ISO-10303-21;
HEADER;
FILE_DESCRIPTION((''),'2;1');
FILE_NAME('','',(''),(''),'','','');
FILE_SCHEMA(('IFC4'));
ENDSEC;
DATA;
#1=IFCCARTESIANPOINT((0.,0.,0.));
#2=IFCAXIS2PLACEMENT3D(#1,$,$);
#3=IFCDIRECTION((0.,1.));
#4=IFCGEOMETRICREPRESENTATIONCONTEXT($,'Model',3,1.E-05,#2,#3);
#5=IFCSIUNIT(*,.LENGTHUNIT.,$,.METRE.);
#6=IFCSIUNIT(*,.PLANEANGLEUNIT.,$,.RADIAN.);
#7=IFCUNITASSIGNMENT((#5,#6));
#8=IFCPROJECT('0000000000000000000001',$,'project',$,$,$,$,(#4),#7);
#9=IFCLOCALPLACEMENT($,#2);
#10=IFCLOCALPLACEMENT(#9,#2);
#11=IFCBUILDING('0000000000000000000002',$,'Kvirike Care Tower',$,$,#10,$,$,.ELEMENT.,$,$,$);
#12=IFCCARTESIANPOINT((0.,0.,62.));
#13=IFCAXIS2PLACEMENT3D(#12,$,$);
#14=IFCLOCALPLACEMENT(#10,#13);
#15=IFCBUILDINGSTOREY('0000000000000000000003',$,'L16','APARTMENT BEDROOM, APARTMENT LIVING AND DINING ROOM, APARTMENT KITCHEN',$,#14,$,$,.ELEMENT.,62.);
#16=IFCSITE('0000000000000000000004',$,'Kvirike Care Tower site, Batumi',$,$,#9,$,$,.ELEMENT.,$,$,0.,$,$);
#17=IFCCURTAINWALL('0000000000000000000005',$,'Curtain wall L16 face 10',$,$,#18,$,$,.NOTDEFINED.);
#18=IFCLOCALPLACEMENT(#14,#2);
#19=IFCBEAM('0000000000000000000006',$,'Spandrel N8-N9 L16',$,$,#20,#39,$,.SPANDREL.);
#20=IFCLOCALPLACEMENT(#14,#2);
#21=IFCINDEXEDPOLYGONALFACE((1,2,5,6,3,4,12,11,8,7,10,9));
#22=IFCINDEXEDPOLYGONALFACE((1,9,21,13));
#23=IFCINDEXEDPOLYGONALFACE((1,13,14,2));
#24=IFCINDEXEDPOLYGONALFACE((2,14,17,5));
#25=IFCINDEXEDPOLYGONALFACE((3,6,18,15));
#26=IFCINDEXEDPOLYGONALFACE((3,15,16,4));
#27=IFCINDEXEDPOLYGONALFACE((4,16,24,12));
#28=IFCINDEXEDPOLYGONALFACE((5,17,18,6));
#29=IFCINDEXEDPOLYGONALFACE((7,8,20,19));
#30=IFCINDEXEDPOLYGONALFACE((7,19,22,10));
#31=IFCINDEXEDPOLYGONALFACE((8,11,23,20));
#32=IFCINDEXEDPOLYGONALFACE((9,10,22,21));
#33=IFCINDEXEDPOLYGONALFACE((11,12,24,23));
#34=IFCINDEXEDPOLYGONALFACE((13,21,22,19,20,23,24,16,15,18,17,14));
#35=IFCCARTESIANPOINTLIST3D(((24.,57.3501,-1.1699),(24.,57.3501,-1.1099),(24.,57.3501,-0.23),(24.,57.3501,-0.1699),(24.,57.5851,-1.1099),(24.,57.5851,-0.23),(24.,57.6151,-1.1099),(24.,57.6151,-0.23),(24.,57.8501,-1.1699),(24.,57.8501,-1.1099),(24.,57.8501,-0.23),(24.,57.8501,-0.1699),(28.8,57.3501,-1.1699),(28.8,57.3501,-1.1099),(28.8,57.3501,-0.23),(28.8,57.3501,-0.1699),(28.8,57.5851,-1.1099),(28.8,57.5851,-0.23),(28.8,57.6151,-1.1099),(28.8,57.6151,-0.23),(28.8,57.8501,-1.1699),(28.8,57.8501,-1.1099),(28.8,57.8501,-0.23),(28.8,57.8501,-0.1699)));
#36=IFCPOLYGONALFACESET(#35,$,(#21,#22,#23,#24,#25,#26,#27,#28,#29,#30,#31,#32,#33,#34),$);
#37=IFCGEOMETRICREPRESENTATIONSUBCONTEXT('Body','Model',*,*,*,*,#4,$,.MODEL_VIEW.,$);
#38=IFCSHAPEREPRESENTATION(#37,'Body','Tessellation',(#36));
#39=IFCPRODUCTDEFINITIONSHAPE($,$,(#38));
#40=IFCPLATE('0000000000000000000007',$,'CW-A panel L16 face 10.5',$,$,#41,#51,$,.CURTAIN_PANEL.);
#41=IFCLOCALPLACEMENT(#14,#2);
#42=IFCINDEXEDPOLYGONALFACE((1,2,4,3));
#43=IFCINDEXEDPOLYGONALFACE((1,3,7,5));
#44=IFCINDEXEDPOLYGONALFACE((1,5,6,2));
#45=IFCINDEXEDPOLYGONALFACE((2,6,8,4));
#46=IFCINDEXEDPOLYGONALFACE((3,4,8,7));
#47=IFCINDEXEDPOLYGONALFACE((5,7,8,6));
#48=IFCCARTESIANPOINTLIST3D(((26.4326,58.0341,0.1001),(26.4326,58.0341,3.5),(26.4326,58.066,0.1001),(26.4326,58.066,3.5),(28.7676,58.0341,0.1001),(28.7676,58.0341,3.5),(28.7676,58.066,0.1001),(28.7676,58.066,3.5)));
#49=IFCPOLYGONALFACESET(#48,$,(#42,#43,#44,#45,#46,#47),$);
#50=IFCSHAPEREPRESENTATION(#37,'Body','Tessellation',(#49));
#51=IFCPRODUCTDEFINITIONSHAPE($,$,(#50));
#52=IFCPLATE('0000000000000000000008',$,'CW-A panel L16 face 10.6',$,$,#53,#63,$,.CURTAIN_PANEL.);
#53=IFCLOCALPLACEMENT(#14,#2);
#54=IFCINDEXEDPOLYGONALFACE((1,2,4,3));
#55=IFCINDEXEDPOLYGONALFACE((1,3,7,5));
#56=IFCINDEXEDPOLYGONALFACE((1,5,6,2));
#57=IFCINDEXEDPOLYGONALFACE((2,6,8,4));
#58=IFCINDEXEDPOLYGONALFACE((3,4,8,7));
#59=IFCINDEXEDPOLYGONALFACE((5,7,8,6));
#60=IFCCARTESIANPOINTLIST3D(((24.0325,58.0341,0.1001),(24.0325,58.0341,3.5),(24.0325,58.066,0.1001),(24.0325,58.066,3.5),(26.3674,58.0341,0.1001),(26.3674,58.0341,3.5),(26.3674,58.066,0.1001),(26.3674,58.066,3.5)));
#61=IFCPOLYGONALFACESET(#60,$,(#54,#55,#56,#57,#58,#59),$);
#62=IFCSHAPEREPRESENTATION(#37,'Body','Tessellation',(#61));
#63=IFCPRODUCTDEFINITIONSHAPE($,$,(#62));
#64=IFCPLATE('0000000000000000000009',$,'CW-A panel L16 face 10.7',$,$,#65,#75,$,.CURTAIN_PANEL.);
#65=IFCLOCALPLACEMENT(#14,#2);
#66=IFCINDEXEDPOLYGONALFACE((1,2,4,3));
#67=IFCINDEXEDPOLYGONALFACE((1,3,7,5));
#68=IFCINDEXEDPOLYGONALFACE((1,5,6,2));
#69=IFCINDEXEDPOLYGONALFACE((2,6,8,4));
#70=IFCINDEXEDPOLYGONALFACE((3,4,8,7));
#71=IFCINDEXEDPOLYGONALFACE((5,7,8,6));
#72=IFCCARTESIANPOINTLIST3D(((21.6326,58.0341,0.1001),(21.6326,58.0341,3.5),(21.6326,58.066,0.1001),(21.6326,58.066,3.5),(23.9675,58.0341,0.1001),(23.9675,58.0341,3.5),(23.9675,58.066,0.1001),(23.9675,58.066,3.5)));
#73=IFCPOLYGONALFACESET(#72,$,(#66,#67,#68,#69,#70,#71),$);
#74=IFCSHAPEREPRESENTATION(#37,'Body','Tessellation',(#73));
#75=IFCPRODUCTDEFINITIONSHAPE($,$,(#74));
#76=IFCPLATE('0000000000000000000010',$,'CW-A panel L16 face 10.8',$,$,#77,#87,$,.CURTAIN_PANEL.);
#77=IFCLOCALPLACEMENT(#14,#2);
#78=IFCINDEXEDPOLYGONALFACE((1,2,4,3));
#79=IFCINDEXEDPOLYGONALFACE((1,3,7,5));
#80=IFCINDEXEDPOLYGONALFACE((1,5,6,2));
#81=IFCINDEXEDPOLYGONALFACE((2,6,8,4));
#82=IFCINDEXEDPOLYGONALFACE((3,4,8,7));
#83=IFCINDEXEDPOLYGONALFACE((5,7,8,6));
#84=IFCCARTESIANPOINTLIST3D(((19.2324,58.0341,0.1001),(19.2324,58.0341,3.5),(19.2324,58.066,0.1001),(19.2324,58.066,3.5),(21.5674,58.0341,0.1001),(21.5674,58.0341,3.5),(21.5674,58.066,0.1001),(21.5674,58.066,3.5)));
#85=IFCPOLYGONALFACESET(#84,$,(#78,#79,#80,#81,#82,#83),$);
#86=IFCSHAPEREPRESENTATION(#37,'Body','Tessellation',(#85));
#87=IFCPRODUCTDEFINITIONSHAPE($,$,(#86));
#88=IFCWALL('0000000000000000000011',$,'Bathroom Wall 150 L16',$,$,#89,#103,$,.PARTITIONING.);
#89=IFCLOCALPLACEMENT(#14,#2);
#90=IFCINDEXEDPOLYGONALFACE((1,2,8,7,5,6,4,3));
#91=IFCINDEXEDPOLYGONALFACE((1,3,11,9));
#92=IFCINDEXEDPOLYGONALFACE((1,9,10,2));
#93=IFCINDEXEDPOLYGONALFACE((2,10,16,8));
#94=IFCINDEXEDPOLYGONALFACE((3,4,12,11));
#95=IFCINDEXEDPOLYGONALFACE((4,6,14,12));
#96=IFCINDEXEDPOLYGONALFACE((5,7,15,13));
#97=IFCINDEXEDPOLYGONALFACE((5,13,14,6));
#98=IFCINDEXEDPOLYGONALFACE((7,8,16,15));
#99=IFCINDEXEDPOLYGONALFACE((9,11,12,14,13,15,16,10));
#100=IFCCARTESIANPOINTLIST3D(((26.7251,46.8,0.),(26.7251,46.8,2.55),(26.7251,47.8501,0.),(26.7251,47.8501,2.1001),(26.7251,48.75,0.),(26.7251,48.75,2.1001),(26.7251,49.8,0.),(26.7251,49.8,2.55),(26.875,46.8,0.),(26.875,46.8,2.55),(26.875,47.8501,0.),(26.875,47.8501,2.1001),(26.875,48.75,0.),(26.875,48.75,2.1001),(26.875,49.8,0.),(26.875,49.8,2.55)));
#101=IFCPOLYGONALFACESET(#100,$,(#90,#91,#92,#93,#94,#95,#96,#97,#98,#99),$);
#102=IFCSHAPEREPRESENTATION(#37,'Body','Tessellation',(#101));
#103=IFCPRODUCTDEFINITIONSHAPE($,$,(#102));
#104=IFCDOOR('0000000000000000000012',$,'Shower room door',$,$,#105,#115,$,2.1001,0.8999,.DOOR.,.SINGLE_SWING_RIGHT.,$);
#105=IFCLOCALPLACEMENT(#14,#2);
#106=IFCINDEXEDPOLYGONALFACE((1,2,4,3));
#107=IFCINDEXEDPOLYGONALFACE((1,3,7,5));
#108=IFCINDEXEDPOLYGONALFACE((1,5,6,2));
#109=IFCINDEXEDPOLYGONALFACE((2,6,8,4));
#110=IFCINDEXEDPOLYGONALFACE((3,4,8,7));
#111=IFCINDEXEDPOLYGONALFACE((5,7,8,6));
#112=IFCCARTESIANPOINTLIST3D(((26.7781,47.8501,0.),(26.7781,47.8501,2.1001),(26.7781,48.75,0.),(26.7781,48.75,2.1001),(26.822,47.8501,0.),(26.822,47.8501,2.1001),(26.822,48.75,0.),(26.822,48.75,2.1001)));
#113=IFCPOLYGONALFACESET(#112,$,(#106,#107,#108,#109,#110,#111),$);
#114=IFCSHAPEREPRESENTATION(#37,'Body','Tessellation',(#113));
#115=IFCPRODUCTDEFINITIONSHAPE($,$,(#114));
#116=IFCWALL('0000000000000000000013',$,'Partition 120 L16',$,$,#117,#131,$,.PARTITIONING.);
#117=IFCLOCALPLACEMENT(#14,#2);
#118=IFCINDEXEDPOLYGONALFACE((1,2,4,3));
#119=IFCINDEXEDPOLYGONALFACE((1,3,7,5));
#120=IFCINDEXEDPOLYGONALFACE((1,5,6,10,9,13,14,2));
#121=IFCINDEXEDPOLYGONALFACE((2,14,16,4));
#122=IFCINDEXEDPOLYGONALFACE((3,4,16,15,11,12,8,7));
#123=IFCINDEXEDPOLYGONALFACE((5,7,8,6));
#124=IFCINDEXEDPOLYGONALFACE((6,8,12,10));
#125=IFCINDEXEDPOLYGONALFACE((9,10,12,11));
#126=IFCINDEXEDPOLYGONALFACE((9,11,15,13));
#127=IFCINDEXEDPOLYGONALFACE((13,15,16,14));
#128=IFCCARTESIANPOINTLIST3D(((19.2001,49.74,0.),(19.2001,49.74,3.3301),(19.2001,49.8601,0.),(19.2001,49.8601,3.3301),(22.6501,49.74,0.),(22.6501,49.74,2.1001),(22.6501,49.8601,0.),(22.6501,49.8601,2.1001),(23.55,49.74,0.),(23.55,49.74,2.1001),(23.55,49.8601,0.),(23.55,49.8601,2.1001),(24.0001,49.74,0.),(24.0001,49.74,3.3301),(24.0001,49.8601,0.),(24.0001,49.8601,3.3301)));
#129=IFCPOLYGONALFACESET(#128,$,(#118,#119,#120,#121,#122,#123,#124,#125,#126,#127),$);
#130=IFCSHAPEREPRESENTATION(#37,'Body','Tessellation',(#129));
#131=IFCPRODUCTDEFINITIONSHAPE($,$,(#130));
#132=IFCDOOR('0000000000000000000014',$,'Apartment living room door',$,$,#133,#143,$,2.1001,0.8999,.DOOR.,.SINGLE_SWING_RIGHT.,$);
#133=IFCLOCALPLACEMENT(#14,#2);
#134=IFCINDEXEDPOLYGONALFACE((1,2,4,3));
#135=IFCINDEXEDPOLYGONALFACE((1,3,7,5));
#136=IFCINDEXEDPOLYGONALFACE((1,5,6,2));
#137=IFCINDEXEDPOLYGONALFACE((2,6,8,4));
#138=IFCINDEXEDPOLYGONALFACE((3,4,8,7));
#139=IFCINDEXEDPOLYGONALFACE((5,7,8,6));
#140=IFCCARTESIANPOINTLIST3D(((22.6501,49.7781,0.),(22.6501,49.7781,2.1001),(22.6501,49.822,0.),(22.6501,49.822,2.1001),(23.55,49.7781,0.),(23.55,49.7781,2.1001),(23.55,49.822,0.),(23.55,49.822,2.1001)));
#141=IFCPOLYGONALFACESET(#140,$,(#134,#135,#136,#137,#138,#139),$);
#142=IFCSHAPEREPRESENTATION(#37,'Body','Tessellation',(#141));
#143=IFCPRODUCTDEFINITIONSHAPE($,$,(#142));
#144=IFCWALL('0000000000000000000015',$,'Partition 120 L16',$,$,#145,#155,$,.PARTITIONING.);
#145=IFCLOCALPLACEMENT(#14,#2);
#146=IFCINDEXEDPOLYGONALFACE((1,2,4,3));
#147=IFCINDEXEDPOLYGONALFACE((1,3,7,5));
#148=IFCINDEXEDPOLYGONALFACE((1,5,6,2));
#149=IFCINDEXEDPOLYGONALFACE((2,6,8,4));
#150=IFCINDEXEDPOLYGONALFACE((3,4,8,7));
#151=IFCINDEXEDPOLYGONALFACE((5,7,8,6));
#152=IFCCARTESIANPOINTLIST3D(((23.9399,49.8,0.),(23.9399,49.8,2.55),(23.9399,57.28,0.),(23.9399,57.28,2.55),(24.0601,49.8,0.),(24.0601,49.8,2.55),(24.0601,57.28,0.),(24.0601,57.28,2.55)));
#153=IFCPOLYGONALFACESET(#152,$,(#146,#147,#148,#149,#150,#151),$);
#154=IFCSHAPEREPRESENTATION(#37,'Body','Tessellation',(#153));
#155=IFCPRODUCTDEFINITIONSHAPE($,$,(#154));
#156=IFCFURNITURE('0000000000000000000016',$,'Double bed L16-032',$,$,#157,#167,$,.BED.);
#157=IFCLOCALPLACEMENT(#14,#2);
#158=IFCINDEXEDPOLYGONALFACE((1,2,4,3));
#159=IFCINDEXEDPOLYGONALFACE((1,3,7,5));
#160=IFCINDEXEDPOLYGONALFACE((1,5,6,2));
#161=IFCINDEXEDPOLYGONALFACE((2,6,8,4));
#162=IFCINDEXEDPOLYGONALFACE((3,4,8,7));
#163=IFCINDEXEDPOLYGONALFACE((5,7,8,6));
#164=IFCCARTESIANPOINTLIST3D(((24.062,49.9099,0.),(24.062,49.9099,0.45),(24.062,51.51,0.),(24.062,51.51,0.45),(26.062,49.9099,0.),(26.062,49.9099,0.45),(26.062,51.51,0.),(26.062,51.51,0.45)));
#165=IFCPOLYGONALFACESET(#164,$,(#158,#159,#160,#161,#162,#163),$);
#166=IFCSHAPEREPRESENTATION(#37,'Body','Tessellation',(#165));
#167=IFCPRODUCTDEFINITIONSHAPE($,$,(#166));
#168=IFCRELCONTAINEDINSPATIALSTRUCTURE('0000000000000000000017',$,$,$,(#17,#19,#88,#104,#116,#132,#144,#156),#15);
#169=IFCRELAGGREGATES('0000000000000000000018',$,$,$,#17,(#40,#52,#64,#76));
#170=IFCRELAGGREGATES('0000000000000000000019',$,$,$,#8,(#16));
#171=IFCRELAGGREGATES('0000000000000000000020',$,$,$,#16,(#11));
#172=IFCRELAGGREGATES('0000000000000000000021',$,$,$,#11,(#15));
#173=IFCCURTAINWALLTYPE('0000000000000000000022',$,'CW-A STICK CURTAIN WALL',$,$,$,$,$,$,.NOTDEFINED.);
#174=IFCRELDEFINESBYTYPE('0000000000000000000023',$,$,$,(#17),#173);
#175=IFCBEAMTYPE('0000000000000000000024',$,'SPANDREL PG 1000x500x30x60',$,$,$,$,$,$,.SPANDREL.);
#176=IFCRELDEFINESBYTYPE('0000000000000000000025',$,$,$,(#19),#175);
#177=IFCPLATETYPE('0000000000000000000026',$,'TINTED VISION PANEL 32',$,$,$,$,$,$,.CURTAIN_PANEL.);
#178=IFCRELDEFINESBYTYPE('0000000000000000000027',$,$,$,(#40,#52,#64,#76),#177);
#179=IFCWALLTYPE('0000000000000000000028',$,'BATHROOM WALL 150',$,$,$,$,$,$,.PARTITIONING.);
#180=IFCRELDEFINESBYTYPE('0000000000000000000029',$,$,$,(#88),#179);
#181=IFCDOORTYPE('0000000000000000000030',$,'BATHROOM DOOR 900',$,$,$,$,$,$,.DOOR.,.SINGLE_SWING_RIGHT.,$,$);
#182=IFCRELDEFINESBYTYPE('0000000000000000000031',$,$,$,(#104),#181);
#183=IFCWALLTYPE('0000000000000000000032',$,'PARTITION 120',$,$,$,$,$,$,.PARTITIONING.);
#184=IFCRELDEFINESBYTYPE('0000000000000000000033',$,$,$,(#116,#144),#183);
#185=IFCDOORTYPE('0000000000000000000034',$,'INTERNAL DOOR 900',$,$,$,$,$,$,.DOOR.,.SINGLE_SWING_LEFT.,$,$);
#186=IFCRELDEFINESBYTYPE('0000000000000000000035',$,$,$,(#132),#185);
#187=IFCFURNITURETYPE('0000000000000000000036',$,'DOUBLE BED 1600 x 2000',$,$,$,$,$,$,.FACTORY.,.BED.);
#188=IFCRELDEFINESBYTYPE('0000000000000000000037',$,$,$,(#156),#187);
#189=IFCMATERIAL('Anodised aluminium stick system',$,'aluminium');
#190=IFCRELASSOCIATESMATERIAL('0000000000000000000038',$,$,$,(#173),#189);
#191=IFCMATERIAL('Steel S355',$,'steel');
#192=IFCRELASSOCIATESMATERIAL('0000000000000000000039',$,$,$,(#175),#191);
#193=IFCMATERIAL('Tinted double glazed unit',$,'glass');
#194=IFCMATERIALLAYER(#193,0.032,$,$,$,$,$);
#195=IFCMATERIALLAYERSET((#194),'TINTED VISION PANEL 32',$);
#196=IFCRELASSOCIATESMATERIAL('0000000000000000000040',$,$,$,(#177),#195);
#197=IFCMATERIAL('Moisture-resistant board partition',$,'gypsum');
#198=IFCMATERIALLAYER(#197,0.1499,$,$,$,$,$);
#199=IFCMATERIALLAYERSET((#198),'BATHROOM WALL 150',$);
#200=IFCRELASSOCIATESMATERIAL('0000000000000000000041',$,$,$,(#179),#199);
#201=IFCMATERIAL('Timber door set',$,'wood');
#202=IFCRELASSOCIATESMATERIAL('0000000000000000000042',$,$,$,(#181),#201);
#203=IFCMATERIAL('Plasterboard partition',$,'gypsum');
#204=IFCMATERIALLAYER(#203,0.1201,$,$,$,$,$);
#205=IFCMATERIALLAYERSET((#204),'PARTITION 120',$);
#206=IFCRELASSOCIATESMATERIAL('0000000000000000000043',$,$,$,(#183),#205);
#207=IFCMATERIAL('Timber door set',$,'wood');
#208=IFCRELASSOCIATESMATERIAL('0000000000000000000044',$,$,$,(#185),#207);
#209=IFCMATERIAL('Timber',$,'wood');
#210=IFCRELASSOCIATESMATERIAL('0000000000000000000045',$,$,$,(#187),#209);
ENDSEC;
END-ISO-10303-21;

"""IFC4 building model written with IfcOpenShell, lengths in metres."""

from ifc_helpers import new_model, si_unit, direction, frame, frame_2d, origin, origin_2d, place, context, subcontext, project, spatial, rectangle, i_section, extrude, material, layer, layer_set, material_profile, profile_set, type_object, element, fill, aggregate, save


model = new_model("IFC4")

# Units and contexts
model_context = context("Model", 3, precision=1e-05, world=origin(), true_north=direction((0.0, 1.0)))
body_context = subcontext(model_context, "Body", "Model", "MODEL_VIEW")
ifc_project = project(units=[si_unit("LENGTHUNIT", "METRE"), si_unit("PLANEANGLEUNIT", "RADIAN")], contexts=[model_context])

# Site, building, storey
site_placement = place(None, origin())
site = spatial("IfcSite", under=ifc_project, at=site_placement, Name="Kvirike Care Tower site, Batumi", CompositionType="ELEMENT", RefElevation=0.0)
building_placement = place(site_placement, origin())
building = spatial("IfcBuilding", under=site, at=building_placement, Name="Kvirike Care Tower", CompositionType="ELEMENT")
storey_placement = place(building_placement, frame((0.0, 0.0, 62.0)))
storey = spatial("IfcBuildingStorey", under=building, at=storey_placement, Name="L16", Description="APARTMENT BEDROOM, APARTMENT LIVING AND DINING ROOM, APARTMENT KITCHEN", CompositionType="ELEMENT", Elevation=62.0)

# Curtain wall
ifc_material_1 = material(Name="Anodised aluminium stick system", Category="aluminium")
curtain_wall_type = type_object("IfcCurtainWallType", Name="CW-A STICK CURTAIN WALL", PredefinedType="NOTDEFINED", material=ifc_material_1)
curtain_wall_placement = place(storey_placement, origin())
curtain_wall = element("IfcCurtainWall", 1, at=curtain_wall_placement, inside=storey, type_object=curtain_wall_type, Name="Curtain wall L16 face 10", PredefinedType="NOTDEFINED")

# Beam
ifc_material_2 = material(Name="Steel S355", Category="steel")
ifc_material_profile_1 = material_profile(ifc_material_2, i_section(OverallWidth=0.5, OverallDepth=1.0, WebThickness=0.03, FlangeThickness=0.0601, at=origin_2d()), Name="PG 1000x500x30x60")
ifc_profile_set_1 = profile_set([ifc_material_profile_1], Name="Steel S355")
beam_type = type_object("IfcBeamType", Name="SPANDREL PG 1000x500x30x60", PredefinedType="SPANDREL", material=ifc_profile_set_1)
for number, where, z_axis, x_axis, name in (
    (2, (24.0, 57.6001, -0.6699), (1.0, 0.0, 0.0), (0.0, 1.0, 0.0), "Spandrel N8-N9 L16"),
):
    element("IfcBeam", number, at=place(storey_placement, frame(where, z_axis=z_axis, x_axis=x_axis)), inside=storey, type_object=beam_type, Name=name, PredefinedType="SPANDREL", context=body_context, shape_type="SweptSolid", body=[
        extrude(i_section(OverallWidth=0.5, OverallDepth=1.0, WebThickness=0.03, FlangeThickness=0.0601, at=origin_2d()), origin(), (0.0, 0.0, 1.0), 4.8),
    ])

# Plates
ifc_material_3 = material(Name="Tinted double glazed unit", Category="glass")
ifc_layer_1 = layer(ifc_material_3, 0.032)
ifc_layer_set_1 = layer_set([ifc_layer_1], Name="TINTED VISION PANEL 32")
plate_type = type_object("IfcPlateType", Name="TINTED VISION PANEL 32", PredefinedType="CURTAIN_PANEL", material=ifc_layer_set_1)
plate_1_placement = place(storey_placement, frame((27.6001, 58.05, 0.1001), z_axis=(0.0, 0.0, 1.0), x_axis=(-1.0, 0.0, 0.0)))
plate_1 = element("IfcPlate", 3, at=plate_1_placement, type_object=plate_type, Name="CW-A panel L16 face 10.5", PredefinedType="CURTAIN_PANEL", context=body_context, shape_type="SweptSolid", body=[
    extrude(rectangle(XDim=2.335, YDim=0.032, at=origin_2d()), origin(), (0.0, 0.0, 1.0), 3.3999),
])
plate_2_placement = place(storey_placement, frame((25.2, 58.05, 0.1001), z_axis=(0.0, 0.0, 1.0), x_axis=(-1.0, 0.0, 0.0)))
plate_2 = element("IfcPlate", 4, at=plate_2_placement, type_object=plate_type, Name="CW-A panel L16 face 10.6", PredefinedType="CURTAIN_PANEL", context=body_context, shape_type="SweptSolid", body=[
    extrude(rectangle(XDim=2.335, YDim=0.032, at=origin_2d()), origin(), (0.0, 0.0, 1.0), 3.3999),
])
plate_3_placement = place(storey_placement, frame((22.8, 58.05, 0.1001), z_axis=(0.0, 0.0, 1.0), x_axis=(-1.0, 0.0, 0.0)))
plate_3 = element("IfcPlate", 5, at=plate_3_placement, type_object=plate_type, Name="CW-A panel L16 face 10.7", PredefinedType="CURTAIN_PANEL", context=body_context, shape_type="SweptSolid", body=[
    extrude(rectangle(XDim=2.335, YDim=0.032, at=origin_2d()), origin(), (0.0, 0.0, 1.0), 3.3999),
])
plate_4_placement = place(storey_placement, frame((20.3999, 58.05, 0.1001), z_axis=(0.0, 0.0, 1.0), x_axis=(-1.0, 0.0, 0.0)))
plate_4 = element("IfcPlate", 6, at=plate_4_placement, type_object=plate_type, Name="CW-A panel L16 face 10.8", PredefinedType="CURTAIN_PANEL", context=body_context, shape_type="SweptSolid", body=[
    extrude(rectangle(XDim=2.335, YDim=0.032, at=origin_2d()), origin(), (0.0, 0.0, 1.0), 3.3999),
])
aggregate(curtain_wall, [plate_1, plate_2, plate_3, plate_4])

# Walls, openings, doors
ifc_material_4 = material(Name="Moisture-resistant board partition", Category="gypsum")
ifc_layer_2 = layer(ifc_material_4, 0.1499)
ifc_layer_set_2 = layer_set([ifc_layer_2], Name="BATHROOM WALL 150")
wall_type_1 = type_object("IfcWallType", Name="BATHROOM WALL 150", PredefinedType="PARTITIONING", material=ifc_layer_set_2)
wall_1_placement = place(storey_placement, frame((26.8, 49.8, 0.0), z_axis=(0.0, 0.0, 1.0), x_axis=(0.0, -1.0, 0.0)))
wall_1 = element("IfcWall", 7, at=wall_1_placement, inside=storey, type_object=wall_type_1, Name="Bathroom Wall 150 L16", PredefinedType="PARTITIONING", context=body_context, shape_type="SweptSolid", body=[
    extrude(rectangle(XDim=3.0, YDim=0.1499, at=frame_2d((1.5, 0.0))), origin(), (0.0, 0.0, 1.0), 2.55),
])
opening_1_placement = place(wall_1_placement, frame((1.05, 0.0, 0.0)))
opening_1 = element("IfcOpeningElement", 8, at=opening_1_placement, cuts=wall_1, PredefinedType="OPENING", context=body_context, shape_type="SweptSolid", body=[
    extrude(rectangle(XDim=0.8999, YDim=2.1001, at=frame_2d((0.45, 1.05))), frame((0.0, 0.0854, 0.0), z_axis=(0.0, -1.0, 0.0), x_axis=(1.0, 0.0, 0.0)), (0.0, 0.0, 1.0), 0.1709),
])
ifc_material_5 = material(Name="Timber door set", Category="wood")
door_type_1 = type_object("IfcDoorType", Name="BATHROOM DOOR 900", OperationType="SINGLE_SWING_RIGHT", PredefinedType="DOOR", material=ifc_material_5)
door_1_placement = place(opening_1_placement, frame((0.8999, 0.0, 0.0), z_axis=(0.0, 0.0, 1.0), x_axis=(-1.0, 0.0, 0.0)))
door_1 = element("IfcDoor", 9, at=door_1_placement, inside=storey, type_object=door_type_1, Name="Shower room door", OperationType="SINGLE_SWING_RIGHT", OverallHeight=2.1001, OverallWidth=0.8999, PredefinedType="DOOR", context=body_context, shape_type="SweptSolid", body=[
    extrude(rectangle(XDim=0.8999, YDim=2.1001, at=frame_2d((0.45, 1.05))), frame((0.0, 0.022, 0.0), z_axis=(0.0, -1.0, 0.0), x_axis=(1.0, 0.0, 0.0)), (0.0, 0.0, 1.0), 0.0439),
])
fill(opening_1, door_1)
ifc_material_6 = material(Name="Plasterboard partition", Category="gypsum")
ifc_layer_3 = layer(ifc_material_6, 0.1201)
ifc_layer_set_3 = layer_set([ifc_layer_3], Name="PARTITION 120")
wall_type_2 = type_object("IfcWallType", Name="PARTITION 120", PredefinedType="PARTITIONING", material=ifc_layer_set_3)
wall_2_placement = place(storey_placement, frame((24.0, 49.8, 0.0), z_axis=(0.0, 0.0, 1.0), x_axis=(-1.0, 0.0, 0.0)))
wall_2 = element("IfcWall", 10, at=wall_2_placement, inside=storey, type_object=wall_type_2, Name="Partition 120 L16", PredefinedType="PARTITIONING", context=body_context, shape_type="SweptSolid", body=[
    extrude(rectangle(XDim=4.8, YDim=0.1201, at=frame_2d((2.3999, 0.0))), origin(), (0.0, 0.0, 1.0), 3.3301),
])
opening_2_placement = place(wall_2_placement, frame((0.45, 0.0, 0.0)))
opening_2 = element("IfcOpeningElement", 11, at=opening_2_placement, cuts=wall_2, PredefinedType="OPENING", context=body_context, shape_type="SweptSolid", body=[
    extrude(rectangle(XDim=0.8999, YDim=2.1001, at=frame_2d((0.45, 1.05))), frame((0.0, 0.0706, 0.0), z_axis=(0.0, -1.0, 0.0), x_axis=(1.0, 0.0, 0.0)), (0.0, 0.0, 1.0), 0.1411),
])
ifc_material_7 = material(Name="Timber door set", Category="wood")
door_type_2 = type_object("IfcDoorType", Name="INTERNAL DOOR 900", OperationType="SINGLE_SWING_LEFT", PredefinedType="DOOR", material=ifc_material_7)
door_2_placement = place(opening_2_placement, frame((0.8999, 0.0, 0.0), z_axis=(0.0, 0.0, 1.0), x_axis=(-1.0, 0.0, 0.0)))
door_2 = element("IfcDoor", 12, at=door_2_placement, inside=storey, type_object=door_type_2, Name="Apartment living room door", OperationType="SINGLE_SWING_RIGHT", OverallHeight=2.1001, OverallWidth=0.8999, PredefinedType="DOOR", context=body_context, shape_type="SweptSolid", body=[
    extrude(rectangle(XDim=0.8999, YDim=2.1001, at=frame_2d((0.45, 1.05))), frame((0.0, 0.022, 0.0), z_axis=(0.0, -1.0, 0.0), x_axis=(1.0, 0.0, 0.0)), (0.0, 0.0, 1.0), 0.0439),
])
fill(opening_2, door_2)

# Wall
wall_3_placement = place(storey_placement, frame((24.0, 57.28, 0.0), z_axis=(0.0, 0.0, 1.0), x_axis=(0.0, -1.0, 0.0)))
element("IfcWall", 13, at=wall_3_placement, inside=storey, type_object=wall_type_2, Name="Partition 120 L16", PredefinedType="PARTITIONING", context=body_context, shape_type="SweptSolid", body=[
    extrude(rectangle(XDim=7.48, YDim=0.1201, at=frame_2d((3.74, 0.0))), origin(), (0.0, 0.0, 1.0), 2.55),
])

# Furniture
ifc_material_8 = material(Name="Timber", Category="wood")
furniture_type = type_object("IfcFurnitureType", Name="DOUBLE BED 1600 x 2000", AssemblyPlace="FACTORY", PredefinedType="BED", material=ifc_material_8)
furniture_placement = place(storey_placement, frame((25.062, 50.71, 0.0), z_axis=(0.0, 0.0, 1.0), x_axis=(0.0, 1.0, 0.0)))
element("IfcFurniture", 14, at=furniture_placement, inside=storey, type_object=furniture_type, Name="Double bed L16-032", PredefinedType="BED", context=body_context, shape_type="SweptSolid", body=[
    extrude(rectangle(XDim=1.6001, YDim=2.0, at=origin_2d()), origin(), (0.0, 0.0, 1.0), 0.45),
])

save(model, "model.ifc")
